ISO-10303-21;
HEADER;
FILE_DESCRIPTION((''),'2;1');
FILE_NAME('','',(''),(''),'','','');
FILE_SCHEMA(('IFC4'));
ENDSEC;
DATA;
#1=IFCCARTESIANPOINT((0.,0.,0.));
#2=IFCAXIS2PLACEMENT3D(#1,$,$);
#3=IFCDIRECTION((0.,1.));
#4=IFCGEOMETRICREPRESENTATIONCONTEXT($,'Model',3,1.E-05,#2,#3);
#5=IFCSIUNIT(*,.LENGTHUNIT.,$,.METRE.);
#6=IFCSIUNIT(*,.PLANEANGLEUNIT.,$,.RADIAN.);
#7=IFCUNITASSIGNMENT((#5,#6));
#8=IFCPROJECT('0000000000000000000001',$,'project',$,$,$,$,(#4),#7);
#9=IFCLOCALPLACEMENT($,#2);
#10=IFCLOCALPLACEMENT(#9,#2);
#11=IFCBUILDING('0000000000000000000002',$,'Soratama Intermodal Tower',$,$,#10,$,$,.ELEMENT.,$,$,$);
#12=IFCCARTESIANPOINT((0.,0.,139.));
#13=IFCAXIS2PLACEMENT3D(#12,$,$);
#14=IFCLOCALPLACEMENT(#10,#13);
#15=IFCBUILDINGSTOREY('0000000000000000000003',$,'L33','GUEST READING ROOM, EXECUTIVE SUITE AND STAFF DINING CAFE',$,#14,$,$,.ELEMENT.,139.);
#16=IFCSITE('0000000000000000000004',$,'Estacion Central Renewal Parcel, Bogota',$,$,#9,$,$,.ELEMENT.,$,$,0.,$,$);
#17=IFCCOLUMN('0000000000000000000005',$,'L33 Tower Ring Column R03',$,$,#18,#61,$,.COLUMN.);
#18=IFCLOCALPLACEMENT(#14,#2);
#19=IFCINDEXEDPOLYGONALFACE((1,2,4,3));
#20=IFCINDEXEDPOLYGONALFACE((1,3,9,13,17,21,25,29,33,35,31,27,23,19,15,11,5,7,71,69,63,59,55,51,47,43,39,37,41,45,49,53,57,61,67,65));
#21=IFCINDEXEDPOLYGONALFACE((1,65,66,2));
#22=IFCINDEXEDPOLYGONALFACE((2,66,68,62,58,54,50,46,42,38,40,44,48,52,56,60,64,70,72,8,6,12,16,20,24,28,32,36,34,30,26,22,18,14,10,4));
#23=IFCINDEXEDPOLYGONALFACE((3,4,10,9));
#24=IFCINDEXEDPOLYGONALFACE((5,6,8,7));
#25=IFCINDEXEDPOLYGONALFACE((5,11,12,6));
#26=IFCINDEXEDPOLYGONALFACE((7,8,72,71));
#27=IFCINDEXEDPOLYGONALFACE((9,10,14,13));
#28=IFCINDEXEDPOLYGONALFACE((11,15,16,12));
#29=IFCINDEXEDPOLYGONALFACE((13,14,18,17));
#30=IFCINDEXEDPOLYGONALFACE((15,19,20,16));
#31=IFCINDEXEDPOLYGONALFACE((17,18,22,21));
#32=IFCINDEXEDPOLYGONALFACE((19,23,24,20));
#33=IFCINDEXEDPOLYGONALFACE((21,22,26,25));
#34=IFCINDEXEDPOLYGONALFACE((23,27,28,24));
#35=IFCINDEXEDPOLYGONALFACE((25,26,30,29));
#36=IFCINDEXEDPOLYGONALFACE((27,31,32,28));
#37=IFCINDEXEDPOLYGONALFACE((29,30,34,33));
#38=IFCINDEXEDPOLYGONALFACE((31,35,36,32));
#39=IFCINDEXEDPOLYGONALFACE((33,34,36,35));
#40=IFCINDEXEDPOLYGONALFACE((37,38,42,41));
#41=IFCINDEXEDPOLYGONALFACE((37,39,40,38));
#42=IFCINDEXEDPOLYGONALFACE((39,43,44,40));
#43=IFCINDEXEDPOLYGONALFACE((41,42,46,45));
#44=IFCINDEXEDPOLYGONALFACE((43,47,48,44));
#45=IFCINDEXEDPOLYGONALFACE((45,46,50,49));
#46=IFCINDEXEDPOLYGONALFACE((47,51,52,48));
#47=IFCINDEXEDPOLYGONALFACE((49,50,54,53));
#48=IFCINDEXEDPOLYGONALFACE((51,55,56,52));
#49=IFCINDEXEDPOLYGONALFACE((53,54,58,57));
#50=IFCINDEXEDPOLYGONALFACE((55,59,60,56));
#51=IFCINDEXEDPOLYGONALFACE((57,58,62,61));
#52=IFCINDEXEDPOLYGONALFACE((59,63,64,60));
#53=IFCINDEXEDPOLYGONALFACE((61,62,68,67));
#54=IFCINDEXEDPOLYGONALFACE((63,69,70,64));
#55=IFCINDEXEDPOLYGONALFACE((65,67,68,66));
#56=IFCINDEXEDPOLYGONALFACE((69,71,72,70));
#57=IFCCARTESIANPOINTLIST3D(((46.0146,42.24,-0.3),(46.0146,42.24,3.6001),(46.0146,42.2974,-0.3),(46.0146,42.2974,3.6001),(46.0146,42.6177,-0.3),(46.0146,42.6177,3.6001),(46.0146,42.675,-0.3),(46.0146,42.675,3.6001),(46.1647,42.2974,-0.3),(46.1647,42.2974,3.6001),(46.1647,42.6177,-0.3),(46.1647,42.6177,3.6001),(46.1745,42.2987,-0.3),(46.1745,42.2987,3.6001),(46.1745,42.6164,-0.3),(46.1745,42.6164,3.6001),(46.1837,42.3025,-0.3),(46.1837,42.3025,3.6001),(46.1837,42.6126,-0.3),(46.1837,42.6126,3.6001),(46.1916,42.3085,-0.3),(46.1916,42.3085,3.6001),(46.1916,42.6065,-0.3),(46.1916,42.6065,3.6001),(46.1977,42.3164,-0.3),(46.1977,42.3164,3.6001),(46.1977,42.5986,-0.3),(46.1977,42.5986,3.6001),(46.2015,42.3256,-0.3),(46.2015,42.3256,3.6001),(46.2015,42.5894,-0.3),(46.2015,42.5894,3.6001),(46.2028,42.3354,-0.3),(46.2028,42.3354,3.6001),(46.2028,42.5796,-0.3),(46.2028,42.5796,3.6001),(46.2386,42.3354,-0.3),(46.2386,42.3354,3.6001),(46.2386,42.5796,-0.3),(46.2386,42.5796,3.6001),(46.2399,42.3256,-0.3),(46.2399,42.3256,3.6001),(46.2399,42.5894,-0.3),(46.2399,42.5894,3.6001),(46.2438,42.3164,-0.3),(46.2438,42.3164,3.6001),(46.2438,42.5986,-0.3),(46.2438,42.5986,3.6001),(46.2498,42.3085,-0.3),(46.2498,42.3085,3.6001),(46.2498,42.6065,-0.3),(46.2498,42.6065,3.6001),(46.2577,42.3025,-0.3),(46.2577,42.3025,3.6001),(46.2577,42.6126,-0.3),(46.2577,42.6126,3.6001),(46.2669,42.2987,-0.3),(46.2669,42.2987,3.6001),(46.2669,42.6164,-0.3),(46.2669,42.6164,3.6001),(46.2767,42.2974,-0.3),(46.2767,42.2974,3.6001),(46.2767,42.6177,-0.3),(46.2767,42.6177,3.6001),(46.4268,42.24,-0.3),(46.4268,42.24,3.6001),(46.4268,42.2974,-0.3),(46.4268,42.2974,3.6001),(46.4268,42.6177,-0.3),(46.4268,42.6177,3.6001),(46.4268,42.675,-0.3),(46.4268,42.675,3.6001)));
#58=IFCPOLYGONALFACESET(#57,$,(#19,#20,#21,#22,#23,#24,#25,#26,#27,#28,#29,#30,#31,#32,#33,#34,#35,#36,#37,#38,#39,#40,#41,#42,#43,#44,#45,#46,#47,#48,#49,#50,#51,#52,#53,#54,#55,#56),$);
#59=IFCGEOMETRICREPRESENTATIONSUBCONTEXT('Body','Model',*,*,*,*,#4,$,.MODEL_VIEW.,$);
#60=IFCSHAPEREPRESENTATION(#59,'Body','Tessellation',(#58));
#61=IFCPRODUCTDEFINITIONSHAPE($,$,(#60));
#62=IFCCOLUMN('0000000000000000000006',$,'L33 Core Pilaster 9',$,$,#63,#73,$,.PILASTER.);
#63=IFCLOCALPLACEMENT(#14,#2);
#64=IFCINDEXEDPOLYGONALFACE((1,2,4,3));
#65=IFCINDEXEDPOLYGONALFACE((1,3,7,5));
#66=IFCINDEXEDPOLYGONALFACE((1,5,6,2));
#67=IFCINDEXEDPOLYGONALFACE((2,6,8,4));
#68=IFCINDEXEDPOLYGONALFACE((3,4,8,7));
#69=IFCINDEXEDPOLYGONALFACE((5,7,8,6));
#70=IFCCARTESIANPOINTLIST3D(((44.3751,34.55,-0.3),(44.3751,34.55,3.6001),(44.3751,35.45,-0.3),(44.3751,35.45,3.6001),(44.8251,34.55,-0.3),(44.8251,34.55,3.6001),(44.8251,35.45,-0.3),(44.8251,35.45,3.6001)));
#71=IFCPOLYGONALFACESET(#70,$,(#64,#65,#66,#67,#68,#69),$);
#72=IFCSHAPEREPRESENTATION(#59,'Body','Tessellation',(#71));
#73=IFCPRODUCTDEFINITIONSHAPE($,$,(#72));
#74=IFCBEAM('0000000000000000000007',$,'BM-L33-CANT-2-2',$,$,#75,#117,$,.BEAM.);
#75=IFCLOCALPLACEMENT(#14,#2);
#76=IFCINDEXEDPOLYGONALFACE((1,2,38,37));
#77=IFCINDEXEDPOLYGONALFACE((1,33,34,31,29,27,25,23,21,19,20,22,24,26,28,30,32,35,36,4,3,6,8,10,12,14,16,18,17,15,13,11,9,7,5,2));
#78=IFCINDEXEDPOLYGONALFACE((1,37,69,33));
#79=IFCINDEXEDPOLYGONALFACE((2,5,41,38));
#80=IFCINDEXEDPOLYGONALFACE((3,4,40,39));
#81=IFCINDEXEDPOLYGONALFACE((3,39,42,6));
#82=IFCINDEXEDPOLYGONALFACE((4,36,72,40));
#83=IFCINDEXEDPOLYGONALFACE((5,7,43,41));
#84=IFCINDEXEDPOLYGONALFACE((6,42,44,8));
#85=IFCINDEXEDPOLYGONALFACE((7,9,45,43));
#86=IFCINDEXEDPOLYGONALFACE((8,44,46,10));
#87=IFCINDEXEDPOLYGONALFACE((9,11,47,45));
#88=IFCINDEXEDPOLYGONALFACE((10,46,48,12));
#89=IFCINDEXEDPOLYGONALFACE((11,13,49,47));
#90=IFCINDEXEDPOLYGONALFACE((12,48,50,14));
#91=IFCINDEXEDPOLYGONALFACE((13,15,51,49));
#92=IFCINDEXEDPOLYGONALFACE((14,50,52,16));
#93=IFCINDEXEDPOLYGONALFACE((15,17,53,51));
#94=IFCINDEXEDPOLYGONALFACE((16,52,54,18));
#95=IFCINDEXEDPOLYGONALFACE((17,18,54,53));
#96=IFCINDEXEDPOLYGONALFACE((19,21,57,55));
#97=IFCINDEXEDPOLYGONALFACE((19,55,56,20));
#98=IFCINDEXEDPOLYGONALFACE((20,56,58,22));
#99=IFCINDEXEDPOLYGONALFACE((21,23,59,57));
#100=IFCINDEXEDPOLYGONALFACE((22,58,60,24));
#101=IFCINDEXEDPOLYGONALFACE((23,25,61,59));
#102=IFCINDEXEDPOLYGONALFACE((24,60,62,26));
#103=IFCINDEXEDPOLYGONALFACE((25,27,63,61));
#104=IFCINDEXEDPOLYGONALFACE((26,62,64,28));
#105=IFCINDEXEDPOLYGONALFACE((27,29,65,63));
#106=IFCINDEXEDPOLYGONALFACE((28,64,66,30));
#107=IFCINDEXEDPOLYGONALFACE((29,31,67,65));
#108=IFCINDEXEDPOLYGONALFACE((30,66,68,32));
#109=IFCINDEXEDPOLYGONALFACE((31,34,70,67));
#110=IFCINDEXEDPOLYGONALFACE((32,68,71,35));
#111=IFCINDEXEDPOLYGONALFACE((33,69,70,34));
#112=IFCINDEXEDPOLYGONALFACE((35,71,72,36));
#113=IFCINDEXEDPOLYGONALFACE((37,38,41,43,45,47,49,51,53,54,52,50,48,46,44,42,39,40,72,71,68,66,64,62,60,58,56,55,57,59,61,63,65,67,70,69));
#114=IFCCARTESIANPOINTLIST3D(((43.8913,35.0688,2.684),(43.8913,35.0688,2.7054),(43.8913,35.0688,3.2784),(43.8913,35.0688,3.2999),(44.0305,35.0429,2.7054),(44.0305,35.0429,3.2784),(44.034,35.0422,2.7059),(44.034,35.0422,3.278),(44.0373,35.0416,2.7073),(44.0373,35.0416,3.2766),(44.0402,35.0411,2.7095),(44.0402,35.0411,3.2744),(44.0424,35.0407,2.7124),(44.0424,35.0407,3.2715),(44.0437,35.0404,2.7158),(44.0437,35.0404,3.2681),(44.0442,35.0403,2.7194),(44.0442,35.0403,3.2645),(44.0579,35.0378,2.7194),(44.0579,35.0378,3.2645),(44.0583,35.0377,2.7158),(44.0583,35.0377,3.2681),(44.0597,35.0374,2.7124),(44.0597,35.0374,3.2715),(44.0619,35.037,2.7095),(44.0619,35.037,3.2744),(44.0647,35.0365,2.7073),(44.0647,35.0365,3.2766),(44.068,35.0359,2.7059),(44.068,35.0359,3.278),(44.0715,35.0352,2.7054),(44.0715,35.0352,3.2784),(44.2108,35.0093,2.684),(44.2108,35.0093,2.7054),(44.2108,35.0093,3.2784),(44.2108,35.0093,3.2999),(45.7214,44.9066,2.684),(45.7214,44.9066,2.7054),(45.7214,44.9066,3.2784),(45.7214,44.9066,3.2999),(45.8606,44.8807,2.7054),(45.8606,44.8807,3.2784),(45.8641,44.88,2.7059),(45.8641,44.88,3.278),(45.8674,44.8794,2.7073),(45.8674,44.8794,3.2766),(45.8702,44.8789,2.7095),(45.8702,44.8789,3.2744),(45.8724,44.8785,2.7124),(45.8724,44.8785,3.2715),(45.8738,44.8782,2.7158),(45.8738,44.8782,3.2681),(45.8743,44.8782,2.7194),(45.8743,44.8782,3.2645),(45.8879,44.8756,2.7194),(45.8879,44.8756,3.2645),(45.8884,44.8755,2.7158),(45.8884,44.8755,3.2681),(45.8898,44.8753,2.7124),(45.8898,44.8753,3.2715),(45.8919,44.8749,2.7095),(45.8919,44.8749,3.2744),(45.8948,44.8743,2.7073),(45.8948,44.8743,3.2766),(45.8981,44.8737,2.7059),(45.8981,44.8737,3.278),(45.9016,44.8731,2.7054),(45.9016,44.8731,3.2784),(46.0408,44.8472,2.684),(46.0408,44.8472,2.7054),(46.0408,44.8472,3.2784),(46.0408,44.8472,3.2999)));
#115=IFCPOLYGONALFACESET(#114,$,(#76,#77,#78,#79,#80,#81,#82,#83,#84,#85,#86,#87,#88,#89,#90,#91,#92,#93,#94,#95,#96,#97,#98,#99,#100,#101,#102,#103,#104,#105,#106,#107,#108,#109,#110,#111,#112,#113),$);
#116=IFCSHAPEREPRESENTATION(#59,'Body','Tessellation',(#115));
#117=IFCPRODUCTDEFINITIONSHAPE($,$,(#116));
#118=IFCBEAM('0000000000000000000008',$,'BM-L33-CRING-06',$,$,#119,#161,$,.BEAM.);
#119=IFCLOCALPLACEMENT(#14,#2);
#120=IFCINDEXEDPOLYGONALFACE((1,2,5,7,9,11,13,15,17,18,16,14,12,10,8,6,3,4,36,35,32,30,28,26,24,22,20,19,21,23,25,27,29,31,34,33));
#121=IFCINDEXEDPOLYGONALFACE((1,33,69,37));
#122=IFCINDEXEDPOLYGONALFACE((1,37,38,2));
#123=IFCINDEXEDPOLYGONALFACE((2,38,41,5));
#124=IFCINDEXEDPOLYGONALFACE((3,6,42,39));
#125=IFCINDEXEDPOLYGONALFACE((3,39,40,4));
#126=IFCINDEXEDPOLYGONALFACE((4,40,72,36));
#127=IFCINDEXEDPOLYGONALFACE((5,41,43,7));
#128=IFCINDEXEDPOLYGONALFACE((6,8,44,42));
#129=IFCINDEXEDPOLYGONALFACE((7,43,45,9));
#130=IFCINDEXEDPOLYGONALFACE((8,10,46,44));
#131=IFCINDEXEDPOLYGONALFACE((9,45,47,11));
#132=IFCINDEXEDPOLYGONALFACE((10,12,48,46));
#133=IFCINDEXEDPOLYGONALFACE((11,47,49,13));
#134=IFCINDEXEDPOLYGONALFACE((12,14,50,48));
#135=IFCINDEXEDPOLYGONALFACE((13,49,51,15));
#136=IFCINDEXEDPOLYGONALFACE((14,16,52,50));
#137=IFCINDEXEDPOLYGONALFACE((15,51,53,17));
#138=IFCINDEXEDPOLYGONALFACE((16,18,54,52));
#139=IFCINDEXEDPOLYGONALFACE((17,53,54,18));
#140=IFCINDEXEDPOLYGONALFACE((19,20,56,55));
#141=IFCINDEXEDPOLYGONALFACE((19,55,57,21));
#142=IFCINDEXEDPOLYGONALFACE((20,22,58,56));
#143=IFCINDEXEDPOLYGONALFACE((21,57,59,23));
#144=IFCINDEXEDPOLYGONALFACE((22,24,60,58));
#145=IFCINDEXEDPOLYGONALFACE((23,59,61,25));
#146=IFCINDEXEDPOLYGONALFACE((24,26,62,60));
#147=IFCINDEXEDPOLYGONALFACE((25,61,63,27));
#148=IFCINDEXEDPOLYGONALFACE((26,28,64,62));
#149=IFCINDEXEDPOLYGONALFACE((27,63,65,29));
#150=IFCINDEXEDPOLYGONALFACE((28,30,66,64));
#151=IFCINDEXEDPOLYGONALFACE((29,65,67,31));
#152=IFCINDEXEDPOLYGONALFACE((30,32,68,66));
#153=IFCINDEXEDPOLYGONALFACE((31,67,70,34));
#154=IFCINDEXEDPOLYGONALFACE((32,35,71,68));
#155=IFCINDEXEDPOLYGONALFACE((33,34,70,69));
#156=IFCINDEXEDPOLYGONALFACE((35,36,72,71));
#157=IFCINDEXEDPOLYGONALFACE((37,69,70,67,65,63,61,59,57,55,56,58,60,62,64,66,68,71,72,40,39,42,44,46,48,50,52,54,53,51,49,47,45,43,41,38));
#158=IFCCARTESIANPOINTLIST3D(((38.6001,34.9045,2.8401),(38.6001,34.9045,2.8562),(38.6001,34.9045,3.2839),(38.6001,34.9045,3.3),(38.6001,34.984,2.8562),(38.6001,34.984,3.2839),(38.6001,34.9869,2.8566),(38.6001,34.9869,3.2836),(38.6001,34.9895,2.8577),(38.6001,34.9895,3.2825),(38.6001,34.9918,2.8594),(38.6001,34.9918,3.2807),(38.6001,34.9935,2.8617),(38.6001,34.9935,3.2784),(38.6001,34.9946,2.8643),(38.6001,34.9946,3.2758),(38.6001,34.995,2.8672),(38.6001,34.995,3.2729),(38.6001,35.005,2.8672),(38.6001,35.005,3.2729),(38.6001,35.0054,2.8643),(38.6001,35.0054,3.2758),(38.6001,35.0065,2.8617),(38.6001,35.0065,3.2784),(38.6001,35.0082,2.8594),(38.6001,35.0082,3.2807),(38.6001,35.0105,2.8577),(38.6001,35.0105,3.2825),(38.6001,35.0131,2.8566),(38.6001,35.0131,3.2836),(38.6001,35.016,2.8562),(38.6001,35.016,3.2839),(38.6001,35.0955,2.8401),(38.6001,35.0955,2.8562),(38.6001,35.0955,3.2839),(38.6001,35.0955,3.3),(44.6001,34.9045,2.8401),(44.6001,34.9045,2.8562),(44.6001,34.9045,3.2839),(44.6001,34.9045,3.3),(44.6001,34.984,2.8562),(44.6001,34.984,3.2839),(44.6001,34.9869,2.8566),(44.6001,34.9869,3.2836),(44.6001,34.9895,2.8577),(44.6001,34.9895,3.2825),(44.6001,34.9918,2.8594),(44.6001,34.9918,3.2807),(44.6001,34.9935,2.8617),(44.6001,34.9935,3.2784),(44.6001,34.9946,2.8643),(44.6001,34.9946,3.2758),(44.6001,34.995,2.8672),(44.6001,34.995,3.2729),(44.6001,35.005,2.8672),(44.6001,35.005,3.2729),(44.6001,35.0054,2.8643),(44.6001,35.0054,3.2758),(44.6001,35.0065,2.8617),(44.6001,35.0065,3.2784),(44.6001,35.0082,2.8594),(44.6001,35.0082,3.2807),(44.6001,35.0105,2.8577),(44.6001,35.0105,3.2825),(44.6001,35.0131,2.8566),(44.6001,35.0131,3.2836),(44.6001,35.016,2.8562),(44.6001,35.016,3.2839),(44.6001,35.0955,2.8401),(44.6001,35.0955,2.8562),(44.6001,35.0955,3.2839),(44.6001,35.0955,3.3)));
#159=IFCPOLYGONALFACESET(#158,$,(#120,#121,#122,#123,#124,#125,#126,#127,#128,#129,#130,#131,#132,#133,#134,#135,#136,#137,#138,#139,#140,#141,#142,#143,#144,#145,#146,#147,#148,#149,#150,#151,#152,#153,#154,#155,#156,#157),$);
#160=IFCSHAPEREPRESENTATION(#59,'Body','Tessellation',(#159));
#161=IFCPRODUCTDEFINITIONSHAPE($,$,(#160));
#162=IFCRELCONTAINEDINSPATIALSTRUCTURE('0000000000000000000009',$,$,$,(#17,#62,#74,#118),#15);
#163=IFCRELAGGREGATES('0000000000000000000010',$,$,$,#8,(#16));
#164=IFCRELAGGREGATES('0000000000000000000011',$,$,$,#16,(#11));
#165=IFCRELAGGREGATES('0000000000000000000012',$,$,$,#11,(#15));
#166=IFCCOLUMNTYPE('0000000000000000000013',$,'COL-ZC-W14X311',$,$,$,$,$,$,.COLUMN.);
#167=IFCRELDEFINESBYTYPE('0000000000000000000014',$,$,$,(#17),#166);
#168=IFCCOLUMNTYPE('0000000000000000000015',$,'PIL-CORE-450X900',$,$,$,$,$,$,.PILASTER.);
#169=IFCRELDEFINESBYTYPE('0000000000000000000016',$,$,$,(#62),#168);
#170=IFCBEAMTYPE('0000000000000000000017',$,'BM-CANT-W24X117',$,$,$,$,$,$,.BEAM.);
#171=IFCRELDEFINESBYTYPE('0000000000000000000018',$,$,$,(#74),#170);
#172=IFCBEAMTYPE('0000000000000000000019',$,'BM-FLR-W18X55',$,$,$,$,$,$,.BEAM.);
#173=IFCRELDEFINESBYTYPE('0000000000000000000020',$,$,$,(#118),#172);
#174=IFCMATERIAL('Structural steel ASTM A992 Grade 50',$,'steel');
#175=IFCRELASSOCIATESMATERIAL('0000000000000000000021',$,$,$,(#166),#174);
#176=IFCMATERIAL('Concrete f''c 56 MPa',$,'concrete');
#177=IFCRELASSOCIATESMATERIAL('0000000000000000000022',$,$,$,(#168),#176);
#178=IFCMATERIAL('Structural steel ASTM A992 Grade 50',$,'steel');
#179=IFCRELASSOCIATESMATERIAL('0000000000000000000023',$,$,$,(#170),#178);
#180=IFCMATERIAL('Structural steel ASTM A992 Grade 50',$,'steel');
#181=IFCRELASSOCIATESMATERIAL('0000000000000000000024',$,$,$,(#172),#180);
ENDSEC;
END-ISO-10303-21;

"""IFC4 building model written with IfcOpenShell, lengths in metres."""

from ifc_helpers import new_model, si_unit, direction, frame, origin, origin_2d, place, context, subcontext, project, spatial, rectangle, i_section, extrude, material, material_profile, profile_set, type_object, element, save


model = new_model("IFC4")

# Units and contexts
model_context = context("Model", 3, precision=1e-05, world=origin(), true_north=direction((0.0, 1.0)))
body_context = subcontext(model_context, "Body", "Model", "MODEL_VIEW")
ifc_project = project(units=[si_unit("LENGTHUNIT", "METRE"), si_unit("PLANEANGLEUNIT", "RADIAN")], contexts=[model_context])

# Site, building, storey
site_placement = place(None, origin())
site = spatial("IfcSite", under=ifc_project, at=site_placement, Name="Estacion Central Renewal Parcel, Bogota", CompositionType="ELEMENT", RefElevation=0.0)
building_placement = place(site_placement, origin())
building = spatial("IfcBuilding", under=site, at=building_placement, Name="Soratama Intermodal Tower", CompositionType="ELEMENT")
storey_placement = place(building_placement, frame((0.0, 0.0, 139.0)))
storey = spatial("IfcBuildingStorey", under=building, at=storey_placement, Name="L33", Description="GUEST READING ROOM, EXECUTIVE SUITE AND STAFF DINING CAFE", CompositionType="ELEMENT", Elevation=139.0)

# Columns
ifc_material_1 = material(Name="Structural steel ASTM A992 Grade 50", Category="steel")
ifc_material_profile_1 = material_profile(ifc_material_1, i_section(OverallWidth=0.4121, OverallDepth=0.4351, WebThickness=0.0359, FlangeThickness=0.0574, FilletRadius=0.0381, at=origin_2d()), Name="W14X311")
ifc_profile_set_1 = profile_set([ifc_material_profile_1], Name="Structural steel ASTM A992 Grade 50")
column_type_1 = type_object("IfcColumnType", Name="COL-ZC-W14X311", PredefinedType="COLUMN", material=ifc_profile_set_1)
column_1_placement = place(storey_placement, frame((46.2207, 42.4575, -0.3), z_axis=(0.0, 0.0, 1.0), x_axis=(1.0, 0.0, 0.0)))
element("IfcColumn", 1, at=column_1_placement, inside=storey, type_object=column_type_1, Name="L33 Tower Ring Column R03", PredefinedType="COLUMN", context=body_context, shape_type="SweptSolid", body=[
    extrude(i_section(OverallWidth=0.4121, OverallDepth=0.4351, WebThickness=0.0359, FlangeThickness=0.0574, FilletRadius=0.0381, at=origin_2d()), origin(), (0.0, 0.0, 1.0), 3.9001),
])
ifc_material_2 = material(Name="Concrete f'c 56 MPa", Category="concrete")
ifc_material_profile_2 = material_profile(ifc_material_2, rectangle(XDim=0.45, YDim=0.8999, at=origin_2d()), Name="RC450X900")
ifc_profile_set_2 = profile_set([ifc_material_profile_2], Name="Concrete f'c 56 MPa")
column_type_2 = type_object("IfcColumnType", Name="PIL-CORE-450X900", PredefinedType="PILASTER", material=ifc_profile_set_2)
column_2_placement = place(storey_placement, frame((44.6001, 35.0, -0.3), z_axis=(0.0, 0.0, 1.0), x_axis=(1.0, 0.0, 0.0)))
element("IfcColumn", 2, at=column_2_placement, inside=storey, type_object=column_type_2, Name="L33 Core Pilaster 9", PredefinedType="PILASTER", context=body_context, shape_type="SweptSolid", body=[
    extrude(rectangle(XDim=0.45, YDim=0.8999, at=origin_2d()), origin(), (0.0, 0.0, 1.0), 3.9001),
])

# Beams
ifc_material_3 = material(Name="Structural steel ASTM A992 Grade 50", Category="steel")
ifc_material_profile_3 = material_profile(ifc_material_3, i_section(OverallWidth=0.325, OverallDepth=0.616, WebThickness=0.0139, FlangeThickness=0.0215, FilletRadius=0.0139, at=origin_2d()), Name="W24X117")
ifc_profile_set_3 = profile_set([ifc_material_profile_3], Name="Structural steel ASTM A992 Grade 50")
beam_type_1 = type_object("IfcBeamType", Name="BM-CANT-W24X117", PredefinedType="BEAM", material=ifc_profile_set_3)
beam_1_placement = place(storey_placement, frame((44.051, 35.0391, 2.9919), z_axis=(0.182886, 0.983134, 0.0), x_axis=(-0.983134, 0.182886, 0.0)))
element("IfcBeam", 3, at=beam_1_placement, inside=storey, type_object=beam_type_1, Name="BM-L33-CANT-2-2", PredefinedType="BEAM", context=body_context, shape_type="SweptSolid", body=[
    extrude(i_section(OverallWidth=0.325, OverallDepth=0.616, WebThickness=0.0139, FlangeThickness=0.0215, FilletRadius=0.0139, at=origin_2d()), origin(), (0.0, 0.0, 1.0), 10.0066),
])
ifc_material_4 = material(Name="Structural steel ASTM A992 Grade 50", Category="steel")
ifc_material_profile_4 = material_profile(ifc_material_4, i_section(OverallWidth=0.1909, OverallDepth=0.46, WebThickness=0.01, FlangeThickness=0.0161, FilletRadius=0.011, at=origin_2d()), Name="W18X55")
ifc_profile_set_4 = profile_set([ifc_material_profile_4], Name="Structural steel ASTM A992 Grade 50")
beam_type_2 = type_object("IfcBeamType", Name="BM-FLR-W18X55", PredefinedType="BEAM", material=ifc_profile_set_4)
beam_2_placement = place(storey_placement, frame((44.6001, 35.0, 3.0701), z_axis=(-1.0, 0.0, 0.0), x_axis=(0.0, -1.0, 0.0)))
element("IfcBeam", 4, at=beam_2_placement, inside=storey, type_object=beam_type_2, Name="BM-L33-CRING-06", PredefinedType="BEAM", context=body_context, shape_type="SweptSolid", body=[
    extrude(i_section(OverallWidth=0.1909, OverallDepth=0.46, WebThickness=0.01, FlangeThickness=0.0161, FilletRadius=0.011, at=origin_2d()), origin(), (0.0, 0.0, 1.0), 6.0),
])

save(model, "model.ifc")
